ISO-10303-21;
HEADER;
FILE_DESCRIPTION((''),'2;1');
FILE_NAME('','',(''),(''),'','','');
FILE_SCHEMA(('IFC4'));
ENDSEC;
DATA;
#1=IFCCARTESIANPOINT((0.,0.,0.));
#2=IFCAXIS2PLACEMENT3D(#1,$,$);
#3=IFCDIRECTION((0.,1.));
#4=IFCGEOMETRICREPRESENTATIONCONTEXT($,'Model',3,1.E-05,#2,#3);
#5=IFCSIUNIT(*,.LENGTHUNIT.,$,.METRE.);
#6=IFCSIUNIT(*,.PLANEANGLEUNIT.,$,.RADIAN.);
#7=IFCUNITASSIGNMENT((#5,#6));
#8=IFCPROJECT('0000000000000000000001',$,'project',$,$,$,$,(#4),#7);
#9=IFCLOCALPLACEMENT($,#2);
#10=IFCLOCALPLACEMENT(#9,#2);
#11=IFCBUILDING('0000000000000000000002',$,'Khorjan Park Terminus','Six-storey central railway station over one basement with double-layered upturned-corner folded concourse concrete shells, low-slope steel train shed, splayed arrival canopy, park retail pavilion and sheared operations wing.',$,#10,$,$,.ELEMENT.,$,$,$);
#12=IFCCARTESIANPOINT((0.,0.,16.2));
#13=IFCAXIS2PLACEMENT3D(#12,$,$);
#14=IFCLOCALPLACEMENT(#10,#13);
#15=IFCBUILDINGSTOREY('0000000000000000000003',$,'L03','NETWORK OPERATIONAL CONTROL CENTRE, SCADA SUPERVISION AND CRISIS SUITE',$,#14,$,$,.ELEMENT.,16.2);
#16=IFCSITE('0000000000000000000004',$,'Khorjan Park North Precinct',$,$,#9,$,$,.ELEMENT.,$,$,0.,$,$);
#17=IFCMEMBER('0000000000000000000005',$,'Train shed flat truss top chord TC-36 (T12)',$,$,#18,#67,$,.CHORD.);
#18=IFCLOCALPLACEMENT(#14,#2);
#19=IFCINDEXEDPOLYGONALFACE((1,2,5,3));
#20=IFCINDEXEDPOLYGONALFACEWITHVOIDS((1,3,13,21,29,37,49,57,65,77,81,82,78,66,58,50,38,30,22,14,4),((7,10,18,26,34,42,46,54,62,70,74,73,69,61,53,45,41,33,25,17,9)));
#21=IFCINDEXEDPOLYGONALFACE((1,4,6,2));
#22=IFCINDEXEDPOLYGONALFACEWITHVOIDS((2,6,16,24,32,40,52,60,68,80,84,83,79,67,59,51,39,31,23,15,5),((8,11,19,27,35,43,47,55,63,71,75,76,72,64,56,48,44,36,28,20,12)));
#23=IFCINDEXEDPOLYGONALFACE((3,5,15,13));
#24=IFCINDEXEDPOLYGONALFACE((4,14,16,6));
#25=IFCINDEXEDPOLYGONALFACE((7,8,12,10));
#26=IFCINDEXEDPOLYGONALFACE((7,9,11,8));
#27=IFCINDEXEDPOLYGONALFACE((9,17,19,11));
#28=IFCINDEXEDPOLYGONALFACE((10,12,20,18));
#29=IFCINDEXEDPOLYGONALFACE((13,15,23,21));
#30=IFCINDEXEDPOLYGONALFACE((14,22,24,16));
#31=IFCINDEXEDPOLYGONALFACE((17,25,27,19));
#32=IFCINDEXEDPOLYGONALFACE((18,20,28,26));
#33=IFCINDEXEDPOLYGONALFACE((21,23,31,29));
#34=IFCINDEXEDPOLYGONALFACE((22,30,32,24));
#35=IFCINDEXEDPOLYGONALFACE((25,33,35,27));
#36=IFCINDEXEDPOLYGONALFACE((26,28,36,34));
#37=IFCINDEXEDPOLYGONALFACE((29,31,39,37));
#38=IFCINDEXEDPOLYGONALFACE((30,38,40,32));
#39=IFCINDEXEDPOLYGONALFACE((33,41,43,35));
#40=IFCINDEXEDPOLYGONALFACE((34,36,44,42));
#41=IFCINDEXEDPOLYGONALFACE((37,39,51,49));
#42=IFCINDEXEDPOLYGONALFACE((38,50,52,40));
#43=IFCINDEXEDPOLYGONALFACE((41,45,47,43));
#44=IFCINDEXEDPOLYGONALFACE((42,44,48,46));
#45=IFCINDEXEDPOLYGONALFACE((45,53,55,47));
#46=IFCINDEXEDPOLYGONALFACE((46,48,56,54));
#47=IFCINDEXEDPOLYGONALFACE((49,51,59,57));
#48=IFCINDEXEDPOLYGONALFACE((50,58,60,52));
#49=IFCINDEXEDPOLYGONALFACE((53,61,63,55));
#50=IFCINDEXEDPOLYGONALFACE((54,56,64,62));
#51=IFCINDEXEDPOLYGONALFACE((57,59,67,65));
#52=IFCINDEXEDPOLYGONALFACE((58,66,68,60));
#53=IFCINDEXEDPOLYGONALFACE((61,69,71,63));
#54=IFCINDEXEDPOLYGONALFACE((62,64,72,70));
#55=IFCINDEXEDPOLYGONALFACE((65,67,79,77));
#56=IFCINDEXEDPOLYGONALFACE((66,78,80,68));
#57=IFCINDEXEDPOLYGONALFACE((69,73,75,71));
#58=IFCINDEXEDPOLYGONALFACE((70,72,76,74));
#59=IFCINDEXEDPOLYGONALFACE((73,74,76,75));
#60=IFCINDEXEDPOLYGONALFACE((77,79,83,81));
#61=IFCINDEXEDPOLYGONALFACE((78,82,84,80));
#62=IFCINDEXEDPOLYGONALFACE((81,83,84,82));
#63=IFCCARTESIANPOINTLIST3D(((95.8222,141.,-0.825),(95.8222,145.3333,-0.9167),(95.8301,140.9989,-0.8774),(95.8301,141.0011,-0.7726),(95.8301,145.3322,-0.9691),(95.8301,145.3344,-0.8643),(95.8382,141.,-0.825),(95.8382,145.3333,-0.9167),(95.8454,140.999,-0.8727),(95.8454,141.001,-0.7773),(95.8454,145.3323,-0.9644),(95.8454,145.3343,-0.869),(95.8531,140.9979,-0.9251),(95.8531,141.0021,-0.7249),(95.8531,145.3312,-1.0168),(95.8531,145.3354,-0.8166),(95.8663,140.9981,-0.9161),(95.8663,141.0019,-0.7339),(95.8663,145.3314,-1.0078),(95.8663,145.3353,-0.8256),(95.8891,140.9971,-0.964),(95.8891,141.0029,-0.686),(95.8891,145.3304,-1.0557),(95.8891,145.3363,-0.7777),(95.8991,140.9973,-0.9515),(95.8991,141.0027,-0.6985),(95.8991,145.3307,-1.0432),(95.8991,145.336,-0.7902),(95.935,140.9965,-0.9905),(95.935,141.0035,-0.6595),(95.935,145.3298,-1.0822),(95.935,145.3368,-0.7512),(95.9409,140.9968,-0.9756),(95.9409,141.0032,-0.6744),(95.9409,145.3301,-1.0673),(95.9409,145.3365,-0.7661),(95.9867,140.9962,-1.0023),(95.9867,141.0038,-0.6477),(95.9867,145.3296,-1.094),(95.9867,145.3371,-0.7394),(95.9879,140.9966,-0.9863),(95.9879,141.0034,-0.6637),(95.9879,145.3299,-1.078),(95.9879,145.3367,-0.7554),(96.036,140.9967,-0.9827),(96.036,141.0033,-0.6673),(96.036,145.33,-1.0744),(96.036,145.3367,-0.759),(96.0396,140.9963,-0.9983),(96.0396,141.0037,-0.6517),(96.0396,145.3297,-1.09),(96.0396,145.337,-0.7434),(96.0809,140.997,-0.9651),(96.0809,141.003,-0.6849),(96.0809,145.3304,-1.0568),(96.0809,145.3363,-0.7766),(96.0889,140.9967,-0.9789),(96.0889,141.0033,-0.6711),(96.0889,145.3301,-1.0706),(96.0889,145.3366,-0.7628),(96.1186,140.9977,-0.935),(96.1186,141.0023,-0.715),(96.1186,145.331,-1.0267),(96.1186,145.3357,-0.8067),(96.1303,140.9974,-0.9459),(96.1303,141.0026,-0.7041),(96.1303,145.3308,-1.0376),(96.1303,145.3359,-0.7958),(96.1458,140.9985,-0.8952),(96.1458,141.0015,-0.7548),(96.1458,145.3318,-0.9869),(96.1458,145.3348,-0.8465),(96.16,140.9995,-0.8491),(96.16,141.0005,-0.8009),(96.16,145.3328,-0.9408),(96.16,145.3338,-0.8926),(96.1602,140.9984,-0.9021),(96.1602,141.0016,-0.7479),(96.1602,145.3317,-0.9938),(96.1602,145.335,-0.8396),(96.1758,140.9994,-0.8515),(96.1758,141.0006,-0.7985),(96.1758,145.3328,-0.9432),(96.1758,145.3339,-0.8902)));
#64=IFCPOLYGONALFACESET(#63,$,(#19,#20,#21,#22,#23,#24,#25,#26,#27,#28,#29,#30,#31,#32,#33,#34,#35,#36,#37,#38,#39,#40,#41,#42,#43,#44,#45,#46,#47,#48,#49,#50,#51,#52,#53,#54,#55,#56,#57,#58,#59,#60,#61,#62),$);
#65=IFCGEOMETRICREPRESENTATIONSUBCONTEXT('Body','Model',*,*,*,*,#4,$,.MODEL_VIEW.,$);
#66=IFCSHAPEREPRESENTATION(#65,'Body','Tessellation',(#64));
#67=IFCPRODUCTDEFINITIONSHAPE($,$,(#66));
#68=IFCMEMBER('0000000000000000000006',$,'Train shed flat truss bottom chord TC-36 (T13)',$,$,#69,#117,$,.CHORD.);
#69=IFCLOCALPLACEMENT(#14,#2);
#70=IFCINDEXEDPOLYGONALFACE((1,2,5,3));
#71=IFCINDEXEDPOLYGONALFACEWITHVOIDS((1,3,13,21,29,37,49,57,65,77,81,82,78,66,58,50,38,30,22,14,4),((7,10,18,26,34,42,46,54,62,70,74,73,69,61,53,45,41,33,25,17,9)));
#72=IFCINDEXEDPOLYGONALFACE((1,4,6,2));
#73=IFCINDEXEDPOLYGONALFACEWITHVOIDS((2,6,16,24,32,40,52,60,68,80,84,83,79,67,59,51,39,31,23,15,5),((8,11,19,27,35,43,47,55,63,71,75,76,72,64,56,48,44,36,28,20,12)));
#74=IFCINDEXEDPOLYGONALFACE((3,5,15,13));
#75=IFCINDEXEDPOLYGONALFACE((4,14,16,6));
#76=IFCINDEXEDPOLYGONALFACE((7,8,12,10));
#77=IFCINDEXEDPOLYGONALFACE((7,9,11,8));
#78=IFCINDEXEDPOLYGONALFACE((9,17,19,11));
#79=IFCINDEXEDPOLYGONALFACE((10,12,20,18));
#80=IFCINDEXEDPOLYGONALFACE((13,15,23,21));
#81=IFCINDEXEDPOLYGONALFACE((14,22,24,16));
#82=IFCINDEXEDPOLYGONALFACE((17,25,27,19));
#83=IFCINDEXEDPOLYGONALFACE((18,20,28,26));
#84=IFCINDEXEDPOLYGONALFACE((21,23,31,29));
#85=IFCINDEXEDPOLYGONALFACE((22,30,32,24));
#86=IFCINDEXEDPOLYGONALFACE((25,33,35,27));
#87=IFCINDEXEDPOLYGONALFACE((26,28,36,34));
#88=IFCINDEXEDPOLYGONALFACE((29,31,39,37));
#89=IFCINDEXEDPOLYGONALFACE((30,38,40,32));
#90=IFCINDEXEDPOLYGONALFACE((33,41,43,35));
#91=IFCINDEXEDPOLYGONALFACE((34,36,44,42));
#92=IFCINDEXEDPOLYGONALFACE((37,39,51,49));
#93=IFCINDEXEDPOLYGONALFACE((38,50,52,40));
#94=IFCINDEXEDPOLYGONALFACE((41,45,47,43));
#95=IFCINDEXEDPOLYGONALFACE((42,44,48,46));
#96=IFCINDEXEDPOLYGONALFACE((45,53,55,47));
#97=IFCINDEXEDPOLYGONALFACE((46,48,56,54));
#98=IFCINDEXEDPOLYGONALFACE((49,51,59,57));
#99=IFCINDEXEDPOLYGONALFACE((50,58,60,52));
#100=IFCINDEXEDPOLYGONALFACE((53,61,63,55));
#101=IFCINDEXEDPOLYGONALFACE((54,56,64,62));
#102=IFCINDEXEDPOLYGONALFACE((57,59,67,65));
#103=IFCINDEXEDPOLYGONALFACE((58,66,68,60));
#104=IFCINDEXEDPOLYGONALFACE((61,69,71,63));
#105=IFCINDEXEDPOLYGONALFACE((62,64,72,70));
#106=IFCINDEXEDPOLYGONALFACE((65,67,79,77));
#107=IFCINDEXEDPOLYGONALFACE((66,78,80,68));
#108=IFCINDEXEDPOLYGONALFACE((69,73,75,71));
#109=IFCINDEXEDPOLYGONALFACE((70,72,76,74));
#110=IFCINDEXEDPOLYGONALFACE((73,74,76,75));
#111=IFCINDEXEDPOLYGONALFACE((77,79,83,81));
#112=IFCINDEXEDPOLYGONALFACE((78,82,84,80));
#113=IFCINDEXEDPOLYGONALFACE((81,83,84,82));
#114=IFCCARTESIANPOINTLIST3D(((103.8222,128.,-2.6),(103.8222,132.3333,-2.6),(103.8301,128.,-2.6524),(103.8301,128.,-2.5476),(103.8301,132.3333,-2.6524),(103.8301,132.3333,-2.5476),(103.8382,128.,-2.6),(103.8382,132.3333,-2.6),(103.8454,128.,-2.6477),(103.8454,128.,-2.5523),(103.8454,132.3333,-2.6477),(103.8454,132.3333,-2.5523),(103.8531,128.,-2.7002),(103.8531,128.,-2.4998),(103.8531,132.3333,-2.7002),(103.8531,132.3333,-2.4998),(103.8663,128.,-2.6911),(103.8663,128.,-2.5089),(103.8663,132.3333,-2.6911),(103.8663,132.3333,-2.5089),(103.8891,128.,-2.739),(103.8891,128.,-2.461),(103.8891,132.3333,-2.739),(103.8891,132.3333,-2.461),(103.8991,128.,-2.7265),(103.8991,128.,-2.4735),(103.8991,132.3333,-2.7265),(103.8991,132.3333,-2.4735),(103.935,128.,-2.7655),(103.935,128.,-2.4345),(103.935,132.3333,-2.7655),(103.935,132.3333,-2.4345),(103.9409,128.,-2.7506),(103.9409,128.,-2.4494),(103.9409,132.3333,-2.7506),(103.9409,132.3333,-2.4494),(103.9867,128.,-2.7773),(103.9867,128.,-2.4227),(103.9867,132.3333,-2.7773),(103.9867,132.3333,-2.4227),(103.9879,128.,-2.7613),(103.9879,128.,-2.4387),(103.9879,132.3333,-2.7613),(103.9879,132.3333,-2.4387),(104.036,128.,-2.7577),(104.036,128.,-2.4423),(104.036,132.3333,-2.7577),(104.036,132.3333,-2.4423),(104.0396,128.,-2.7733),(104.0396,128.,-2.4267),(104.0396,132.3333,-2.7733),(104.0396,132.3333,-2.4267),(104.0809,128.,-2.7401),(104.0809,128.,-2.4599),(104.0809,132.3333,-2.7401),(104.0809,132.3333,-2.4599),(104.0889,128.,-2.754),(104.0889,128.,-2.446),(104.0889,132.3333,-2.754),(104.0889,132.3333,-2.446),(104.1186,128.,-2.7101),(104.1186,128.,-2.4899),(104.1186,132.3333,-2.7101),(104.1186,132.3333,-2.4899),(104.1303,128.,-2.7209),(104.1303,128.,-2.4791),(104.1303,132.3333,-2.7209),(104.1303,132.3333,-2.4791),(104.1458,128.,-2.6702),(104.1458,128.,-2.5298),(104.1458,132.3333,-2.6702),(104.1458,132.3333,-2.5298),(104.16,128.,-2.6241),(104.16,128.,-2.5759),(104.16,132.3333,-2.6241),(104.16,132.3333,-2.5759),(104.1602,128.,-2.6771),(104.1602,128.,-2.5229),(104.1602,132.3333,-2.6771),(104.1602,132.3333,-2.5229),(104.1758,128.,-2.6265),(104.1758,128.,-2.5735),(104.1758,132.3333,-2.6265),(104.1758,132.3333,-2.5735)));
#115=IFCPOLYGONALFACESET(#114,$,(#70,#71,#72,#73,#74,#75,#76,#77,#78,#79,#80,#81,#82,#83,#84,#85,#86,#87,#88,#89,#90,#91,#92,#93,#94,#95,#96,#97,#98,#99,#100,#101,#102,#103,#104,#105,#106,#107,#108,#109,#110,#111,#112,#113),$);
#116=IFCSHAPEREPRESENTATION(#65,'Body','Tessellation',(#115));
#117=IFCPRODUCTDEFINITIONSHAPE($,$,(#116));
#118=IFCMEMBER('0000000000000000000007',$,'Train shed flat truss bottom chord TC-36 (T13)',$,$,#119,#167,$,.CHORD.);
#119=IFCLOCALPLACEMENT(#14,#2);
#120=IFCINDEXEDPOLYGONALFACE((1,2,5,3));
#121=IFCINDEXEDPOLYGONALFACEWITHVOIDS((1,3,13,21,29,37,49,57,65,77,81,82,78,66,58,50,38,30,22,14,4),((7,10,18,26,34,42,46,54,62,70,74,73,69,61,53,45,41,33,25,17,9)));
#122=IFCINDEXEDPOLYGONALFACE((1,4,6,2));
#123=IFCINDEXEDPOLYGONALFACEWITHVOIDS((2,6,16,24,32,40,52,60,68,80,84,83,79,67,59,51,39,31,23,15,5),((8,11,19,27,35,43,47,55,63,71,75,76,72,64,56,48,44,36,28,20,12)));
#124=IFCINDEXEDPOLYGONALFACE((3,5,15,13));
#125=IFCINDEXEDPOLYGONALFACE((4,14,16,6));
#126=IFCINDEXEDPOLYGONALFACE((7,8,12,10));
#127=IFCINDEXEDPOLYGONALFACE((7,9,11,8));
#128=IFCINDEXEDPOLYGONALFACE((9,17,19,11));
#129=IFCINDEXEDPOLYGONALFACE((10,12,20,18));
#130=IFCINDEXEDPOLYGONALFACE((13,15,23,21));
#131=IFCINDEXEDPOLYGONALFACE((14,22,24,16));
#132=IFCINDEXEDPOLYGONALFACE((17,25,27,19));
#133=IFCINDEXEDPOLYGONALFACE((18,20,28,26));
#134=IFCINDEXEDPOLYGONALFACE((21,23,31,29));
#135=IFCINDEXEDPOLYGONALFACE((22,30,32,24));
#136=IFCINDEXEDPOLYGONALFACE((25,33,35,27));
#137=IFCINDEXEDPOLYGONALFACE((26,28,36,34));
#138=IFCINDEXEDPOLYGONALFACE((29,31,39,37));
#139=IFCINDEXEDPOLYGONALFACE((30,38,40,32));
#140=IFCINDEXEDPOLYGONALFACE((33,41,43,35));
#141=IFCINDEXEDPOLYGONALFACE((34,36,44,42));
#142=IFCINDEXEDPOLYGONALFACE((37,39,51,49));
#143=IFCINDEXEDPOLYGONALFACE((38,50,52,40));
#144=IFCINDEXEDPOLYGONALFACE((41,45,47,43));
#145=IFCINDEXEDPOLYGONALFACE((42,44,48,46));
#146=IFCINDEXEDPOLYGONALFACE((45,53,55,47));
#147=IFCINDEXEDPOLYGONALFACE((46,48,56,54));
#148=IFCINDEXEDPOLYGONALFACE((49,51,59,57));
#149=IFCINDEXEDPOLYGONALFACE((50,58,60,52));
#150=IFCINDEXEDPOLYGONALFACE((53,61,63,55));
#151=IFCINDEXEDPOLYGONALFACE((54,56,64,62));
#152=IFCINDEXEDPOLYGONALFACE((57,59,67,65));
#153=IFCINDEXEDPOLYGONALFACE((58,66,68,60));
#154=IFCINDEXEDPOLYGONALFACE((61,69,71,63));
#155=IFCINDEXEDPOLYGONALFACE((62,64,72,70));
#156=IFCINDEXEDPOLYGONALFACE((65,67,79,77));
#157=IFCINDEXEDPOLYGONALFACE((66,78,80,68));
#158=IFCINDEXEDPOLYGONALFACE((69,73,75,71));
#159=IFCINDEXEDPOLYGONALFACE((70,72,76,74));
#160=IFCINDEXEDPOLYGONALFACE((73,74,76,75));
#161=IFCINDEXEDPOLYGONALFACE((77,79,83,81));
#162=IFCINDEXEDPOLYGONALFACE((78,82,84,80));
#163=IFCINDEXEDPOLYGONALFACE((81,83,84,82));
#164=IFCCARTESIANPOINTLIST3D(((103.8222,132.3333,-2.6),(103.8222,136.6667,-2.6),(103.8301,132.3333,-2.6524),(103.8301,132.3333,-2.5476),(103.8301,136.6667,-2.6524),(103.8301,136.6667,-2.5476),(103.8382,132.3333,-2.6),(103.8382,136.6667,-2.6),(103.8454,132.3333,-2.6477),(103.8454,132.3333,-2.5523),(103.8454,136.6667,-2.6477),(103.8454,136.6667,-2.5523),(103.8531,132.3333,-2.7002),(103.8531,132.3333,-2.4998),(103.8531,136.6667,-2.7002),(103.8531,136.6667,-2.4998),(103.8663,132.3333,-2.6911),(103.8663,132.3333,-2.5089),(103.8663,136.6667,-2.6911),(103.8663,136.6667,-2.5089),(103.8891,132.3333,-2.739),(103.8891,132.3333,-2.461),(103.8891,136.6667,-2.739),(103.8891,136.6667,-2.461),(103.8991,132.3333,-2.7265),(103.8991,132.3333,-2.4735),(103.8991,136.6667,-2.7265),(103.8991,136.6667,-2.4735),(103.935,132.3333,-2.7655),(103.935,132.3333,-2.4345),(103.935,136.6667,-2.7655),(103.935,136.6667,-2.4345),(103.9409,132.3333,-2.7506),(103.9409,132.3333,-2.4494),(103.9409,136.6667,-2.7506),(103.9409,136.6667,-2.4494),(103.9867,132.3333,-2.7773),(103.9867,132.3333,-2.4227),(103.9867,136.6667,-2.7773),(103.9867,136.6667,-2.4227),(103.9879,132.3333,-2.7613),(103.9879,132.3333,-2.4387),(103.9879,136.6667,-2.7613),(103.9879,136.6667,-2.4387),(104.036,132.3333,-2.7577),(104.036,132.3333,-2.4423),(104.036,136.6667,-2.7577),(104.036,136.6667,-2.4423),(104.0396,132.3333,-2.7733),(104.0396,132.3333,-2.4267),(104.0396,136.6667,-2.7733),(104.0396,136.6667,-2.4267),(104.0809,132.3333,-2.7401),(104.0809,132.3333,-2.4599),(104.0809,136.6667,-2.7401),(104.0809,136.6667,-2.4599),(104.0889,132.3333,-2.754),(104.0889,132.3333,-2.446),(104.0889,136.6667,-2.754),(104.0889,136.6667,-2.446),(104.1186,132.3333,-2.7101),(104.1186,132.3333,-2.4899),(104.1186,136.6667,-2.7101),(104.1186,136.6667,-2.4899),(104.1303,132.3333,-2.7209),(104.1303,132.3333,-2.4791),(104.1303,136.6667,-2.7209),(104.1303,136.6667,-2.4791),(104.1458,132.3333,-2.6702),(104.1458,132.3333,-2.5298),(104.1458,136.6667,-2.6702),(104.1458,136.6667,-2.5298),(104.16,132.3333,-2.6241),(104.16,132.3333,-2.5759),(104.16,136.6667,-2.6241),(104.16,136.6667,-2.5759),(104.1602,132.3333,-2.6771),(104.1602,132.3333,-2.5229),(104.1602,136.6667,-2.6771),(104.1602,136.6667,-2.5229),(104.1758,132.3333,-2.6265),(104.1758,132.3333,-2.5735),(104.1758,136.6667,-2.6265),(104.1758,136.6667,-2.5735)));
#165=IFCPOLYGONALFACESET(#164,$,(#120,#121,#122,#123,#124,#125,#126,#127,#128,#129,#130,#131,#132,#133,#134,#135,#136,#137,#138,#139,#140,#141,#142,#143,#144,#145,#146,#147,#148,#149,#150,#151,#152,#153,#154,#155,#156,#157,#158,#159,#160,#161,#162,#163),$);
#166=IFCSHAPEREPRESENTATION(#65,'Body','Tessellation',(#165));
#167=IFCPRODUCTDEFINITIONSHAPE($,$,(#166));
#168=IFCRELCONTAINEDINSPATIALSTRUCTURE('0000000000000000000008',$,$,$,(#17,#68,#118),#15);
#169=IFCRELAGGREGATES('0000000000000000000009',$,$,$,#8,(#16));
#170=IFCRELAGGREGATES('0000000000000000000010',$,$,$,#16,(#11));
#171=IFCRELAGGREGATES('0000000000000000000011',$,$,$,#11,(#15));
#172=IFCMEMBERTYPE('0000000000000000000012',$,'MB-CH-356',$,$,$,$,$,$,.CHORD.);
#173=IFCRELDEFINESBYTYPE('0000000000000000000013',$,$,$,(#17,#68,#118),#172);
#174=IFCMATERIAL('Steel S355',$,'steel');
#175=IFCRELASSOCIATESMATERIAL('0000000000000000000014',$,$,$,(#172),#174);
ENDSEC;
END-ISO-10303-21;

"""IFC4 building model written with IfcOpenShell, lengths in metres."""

from ifc_helpers import new_model, si_unit, direction, frame, origin, origin_2d, place, context, subcontext, project, spatial, hollow_circle, extrude, material, material_profile, profile_set, type_object, element, save


model = new_model("IFC4")

# Units and contexts
model_context = context("Model", 3, precision=1e-05, world=origin(), true_north=direction((0.0, 1.0)))
body_context = subcontext(model_context, "Body", "Model", "MODEL_VIEW")
ifc_project = project(units=[si_unit("LENGTHUNIT", "METRE"), si_unit("PLANEANGLEUNIT", "RADIAN")], contexts=[model_context])

# Site, building, storey
site_placement = place(None, origin())
site = spatial("IfcSite", under=ifc_project, at=site_placement, Name="Khorjan Park North Precinct", CompositionType="ELEMENT", RefElevation=0.0)
building_placement = place(site_placement, origin())
building = spatial("IfcBuilding", under=site, at=building_placement, Name="Khorjan Park Terminus", Description="Six-storey central railway station over one basement with double-layered upturned-corner folded concourse concrete shells, low-slope steel train shed, splayed arrival canopy, park retail pavilion and sheared operations wing.", CompositionType="ELEMENT")
storey_placement = place(building_placement, frame((0.0, 0.0, 16.2)))
storey = spatial("IfcBuildingStorey", under=building, at=storey_placement, Name="L03", Description="NETWORK OPERATIONAL CONTROL CENTRE, SCADA SUPERVISION AND CRISIS SUITE", CompositionType="ELEMENT", Elevation=16.2)

# Members
ifc_material = material(Name="Steel S355", Category="steel")
ifc_material_profile_1 = material_profile(ifc_material, hollow_circle(Radius=0.1778, WallThickness=0.016, at=origin_2d()), Name="CHS 355.6x16")
ifc_profile_set_1 = profile_set([ifc_material_profile_1], Name="Steel S355")
member_type_1 = type_object("IfcMemberType", Name="MB-CH-356", PredefinedType="CHORD", material=ifc_profile_set_1)
for number, where, z_axis, x_axis, name in (
    (1, (96.0, 141.0, -0.825), (0.0, 0.999776, -0.021157), (-1.0, 0.0, 0.0), "Train shed flat truss top chord TC-36 (T12)"),
):
    element("IfcMember", number, at=place(storey_placement, frame(where, z_axis=z_axis, x_axis=x_axis)), inside=storey, type_object=member_type_1, Name=name, PredefinedType="CHORD", context=body_context, shape_type="SweptSolid", body=[
        extrude(hollow_circle(Radius=0.1778, WallThickness=0.016, at=origin_2d()), origin(), (0.0, 0.0, 1.0), 4.3343),
    ])
member_1_placement = place(storey_placement, frame((104.0, 128.0, -2.6), z_axis=(0.0, 1.0, 0.0), x_axis=(-1.0, 0.0, 0.0)))
element("IfcMember", 2, at=member_1_placement, inside=storey, type_object=member_type_1, Name="Train shed flat truss bottom chord TC-36 (T13)", PredefinedType="CHORD", context=body_context, shape_type="SweptSolid", body=[
    extrude(hollow_circle(Radius=0.1778, WallThickness=0.016, at=origin_2d()), origin(), (0.0, 0.0, 1.0), 4.3333),
])
member_2_placement = place(storey_placement, frame((104.0, 132.3333, -2.6), z_axis=(0.0, 1.0, 0.0), x_axis=(-1.0, 0.0, 0.0)))
element("IfcMember", 3, at=member_2_placement, inside=storey, type_object=member_type_1, Name="Train shed flat truss bottom chord TC-36 (T13)", PredefinedType="CHORD", context=body_context, shape_type="SweptSolid", body=[
    extrude(hollow_circle(Radius=0.1778, WallThickness=0.016, at=origin_2d()), origin(), (0.0, 0.0, 1.0), 4.3334),
])

save(model, "model.ifc")
